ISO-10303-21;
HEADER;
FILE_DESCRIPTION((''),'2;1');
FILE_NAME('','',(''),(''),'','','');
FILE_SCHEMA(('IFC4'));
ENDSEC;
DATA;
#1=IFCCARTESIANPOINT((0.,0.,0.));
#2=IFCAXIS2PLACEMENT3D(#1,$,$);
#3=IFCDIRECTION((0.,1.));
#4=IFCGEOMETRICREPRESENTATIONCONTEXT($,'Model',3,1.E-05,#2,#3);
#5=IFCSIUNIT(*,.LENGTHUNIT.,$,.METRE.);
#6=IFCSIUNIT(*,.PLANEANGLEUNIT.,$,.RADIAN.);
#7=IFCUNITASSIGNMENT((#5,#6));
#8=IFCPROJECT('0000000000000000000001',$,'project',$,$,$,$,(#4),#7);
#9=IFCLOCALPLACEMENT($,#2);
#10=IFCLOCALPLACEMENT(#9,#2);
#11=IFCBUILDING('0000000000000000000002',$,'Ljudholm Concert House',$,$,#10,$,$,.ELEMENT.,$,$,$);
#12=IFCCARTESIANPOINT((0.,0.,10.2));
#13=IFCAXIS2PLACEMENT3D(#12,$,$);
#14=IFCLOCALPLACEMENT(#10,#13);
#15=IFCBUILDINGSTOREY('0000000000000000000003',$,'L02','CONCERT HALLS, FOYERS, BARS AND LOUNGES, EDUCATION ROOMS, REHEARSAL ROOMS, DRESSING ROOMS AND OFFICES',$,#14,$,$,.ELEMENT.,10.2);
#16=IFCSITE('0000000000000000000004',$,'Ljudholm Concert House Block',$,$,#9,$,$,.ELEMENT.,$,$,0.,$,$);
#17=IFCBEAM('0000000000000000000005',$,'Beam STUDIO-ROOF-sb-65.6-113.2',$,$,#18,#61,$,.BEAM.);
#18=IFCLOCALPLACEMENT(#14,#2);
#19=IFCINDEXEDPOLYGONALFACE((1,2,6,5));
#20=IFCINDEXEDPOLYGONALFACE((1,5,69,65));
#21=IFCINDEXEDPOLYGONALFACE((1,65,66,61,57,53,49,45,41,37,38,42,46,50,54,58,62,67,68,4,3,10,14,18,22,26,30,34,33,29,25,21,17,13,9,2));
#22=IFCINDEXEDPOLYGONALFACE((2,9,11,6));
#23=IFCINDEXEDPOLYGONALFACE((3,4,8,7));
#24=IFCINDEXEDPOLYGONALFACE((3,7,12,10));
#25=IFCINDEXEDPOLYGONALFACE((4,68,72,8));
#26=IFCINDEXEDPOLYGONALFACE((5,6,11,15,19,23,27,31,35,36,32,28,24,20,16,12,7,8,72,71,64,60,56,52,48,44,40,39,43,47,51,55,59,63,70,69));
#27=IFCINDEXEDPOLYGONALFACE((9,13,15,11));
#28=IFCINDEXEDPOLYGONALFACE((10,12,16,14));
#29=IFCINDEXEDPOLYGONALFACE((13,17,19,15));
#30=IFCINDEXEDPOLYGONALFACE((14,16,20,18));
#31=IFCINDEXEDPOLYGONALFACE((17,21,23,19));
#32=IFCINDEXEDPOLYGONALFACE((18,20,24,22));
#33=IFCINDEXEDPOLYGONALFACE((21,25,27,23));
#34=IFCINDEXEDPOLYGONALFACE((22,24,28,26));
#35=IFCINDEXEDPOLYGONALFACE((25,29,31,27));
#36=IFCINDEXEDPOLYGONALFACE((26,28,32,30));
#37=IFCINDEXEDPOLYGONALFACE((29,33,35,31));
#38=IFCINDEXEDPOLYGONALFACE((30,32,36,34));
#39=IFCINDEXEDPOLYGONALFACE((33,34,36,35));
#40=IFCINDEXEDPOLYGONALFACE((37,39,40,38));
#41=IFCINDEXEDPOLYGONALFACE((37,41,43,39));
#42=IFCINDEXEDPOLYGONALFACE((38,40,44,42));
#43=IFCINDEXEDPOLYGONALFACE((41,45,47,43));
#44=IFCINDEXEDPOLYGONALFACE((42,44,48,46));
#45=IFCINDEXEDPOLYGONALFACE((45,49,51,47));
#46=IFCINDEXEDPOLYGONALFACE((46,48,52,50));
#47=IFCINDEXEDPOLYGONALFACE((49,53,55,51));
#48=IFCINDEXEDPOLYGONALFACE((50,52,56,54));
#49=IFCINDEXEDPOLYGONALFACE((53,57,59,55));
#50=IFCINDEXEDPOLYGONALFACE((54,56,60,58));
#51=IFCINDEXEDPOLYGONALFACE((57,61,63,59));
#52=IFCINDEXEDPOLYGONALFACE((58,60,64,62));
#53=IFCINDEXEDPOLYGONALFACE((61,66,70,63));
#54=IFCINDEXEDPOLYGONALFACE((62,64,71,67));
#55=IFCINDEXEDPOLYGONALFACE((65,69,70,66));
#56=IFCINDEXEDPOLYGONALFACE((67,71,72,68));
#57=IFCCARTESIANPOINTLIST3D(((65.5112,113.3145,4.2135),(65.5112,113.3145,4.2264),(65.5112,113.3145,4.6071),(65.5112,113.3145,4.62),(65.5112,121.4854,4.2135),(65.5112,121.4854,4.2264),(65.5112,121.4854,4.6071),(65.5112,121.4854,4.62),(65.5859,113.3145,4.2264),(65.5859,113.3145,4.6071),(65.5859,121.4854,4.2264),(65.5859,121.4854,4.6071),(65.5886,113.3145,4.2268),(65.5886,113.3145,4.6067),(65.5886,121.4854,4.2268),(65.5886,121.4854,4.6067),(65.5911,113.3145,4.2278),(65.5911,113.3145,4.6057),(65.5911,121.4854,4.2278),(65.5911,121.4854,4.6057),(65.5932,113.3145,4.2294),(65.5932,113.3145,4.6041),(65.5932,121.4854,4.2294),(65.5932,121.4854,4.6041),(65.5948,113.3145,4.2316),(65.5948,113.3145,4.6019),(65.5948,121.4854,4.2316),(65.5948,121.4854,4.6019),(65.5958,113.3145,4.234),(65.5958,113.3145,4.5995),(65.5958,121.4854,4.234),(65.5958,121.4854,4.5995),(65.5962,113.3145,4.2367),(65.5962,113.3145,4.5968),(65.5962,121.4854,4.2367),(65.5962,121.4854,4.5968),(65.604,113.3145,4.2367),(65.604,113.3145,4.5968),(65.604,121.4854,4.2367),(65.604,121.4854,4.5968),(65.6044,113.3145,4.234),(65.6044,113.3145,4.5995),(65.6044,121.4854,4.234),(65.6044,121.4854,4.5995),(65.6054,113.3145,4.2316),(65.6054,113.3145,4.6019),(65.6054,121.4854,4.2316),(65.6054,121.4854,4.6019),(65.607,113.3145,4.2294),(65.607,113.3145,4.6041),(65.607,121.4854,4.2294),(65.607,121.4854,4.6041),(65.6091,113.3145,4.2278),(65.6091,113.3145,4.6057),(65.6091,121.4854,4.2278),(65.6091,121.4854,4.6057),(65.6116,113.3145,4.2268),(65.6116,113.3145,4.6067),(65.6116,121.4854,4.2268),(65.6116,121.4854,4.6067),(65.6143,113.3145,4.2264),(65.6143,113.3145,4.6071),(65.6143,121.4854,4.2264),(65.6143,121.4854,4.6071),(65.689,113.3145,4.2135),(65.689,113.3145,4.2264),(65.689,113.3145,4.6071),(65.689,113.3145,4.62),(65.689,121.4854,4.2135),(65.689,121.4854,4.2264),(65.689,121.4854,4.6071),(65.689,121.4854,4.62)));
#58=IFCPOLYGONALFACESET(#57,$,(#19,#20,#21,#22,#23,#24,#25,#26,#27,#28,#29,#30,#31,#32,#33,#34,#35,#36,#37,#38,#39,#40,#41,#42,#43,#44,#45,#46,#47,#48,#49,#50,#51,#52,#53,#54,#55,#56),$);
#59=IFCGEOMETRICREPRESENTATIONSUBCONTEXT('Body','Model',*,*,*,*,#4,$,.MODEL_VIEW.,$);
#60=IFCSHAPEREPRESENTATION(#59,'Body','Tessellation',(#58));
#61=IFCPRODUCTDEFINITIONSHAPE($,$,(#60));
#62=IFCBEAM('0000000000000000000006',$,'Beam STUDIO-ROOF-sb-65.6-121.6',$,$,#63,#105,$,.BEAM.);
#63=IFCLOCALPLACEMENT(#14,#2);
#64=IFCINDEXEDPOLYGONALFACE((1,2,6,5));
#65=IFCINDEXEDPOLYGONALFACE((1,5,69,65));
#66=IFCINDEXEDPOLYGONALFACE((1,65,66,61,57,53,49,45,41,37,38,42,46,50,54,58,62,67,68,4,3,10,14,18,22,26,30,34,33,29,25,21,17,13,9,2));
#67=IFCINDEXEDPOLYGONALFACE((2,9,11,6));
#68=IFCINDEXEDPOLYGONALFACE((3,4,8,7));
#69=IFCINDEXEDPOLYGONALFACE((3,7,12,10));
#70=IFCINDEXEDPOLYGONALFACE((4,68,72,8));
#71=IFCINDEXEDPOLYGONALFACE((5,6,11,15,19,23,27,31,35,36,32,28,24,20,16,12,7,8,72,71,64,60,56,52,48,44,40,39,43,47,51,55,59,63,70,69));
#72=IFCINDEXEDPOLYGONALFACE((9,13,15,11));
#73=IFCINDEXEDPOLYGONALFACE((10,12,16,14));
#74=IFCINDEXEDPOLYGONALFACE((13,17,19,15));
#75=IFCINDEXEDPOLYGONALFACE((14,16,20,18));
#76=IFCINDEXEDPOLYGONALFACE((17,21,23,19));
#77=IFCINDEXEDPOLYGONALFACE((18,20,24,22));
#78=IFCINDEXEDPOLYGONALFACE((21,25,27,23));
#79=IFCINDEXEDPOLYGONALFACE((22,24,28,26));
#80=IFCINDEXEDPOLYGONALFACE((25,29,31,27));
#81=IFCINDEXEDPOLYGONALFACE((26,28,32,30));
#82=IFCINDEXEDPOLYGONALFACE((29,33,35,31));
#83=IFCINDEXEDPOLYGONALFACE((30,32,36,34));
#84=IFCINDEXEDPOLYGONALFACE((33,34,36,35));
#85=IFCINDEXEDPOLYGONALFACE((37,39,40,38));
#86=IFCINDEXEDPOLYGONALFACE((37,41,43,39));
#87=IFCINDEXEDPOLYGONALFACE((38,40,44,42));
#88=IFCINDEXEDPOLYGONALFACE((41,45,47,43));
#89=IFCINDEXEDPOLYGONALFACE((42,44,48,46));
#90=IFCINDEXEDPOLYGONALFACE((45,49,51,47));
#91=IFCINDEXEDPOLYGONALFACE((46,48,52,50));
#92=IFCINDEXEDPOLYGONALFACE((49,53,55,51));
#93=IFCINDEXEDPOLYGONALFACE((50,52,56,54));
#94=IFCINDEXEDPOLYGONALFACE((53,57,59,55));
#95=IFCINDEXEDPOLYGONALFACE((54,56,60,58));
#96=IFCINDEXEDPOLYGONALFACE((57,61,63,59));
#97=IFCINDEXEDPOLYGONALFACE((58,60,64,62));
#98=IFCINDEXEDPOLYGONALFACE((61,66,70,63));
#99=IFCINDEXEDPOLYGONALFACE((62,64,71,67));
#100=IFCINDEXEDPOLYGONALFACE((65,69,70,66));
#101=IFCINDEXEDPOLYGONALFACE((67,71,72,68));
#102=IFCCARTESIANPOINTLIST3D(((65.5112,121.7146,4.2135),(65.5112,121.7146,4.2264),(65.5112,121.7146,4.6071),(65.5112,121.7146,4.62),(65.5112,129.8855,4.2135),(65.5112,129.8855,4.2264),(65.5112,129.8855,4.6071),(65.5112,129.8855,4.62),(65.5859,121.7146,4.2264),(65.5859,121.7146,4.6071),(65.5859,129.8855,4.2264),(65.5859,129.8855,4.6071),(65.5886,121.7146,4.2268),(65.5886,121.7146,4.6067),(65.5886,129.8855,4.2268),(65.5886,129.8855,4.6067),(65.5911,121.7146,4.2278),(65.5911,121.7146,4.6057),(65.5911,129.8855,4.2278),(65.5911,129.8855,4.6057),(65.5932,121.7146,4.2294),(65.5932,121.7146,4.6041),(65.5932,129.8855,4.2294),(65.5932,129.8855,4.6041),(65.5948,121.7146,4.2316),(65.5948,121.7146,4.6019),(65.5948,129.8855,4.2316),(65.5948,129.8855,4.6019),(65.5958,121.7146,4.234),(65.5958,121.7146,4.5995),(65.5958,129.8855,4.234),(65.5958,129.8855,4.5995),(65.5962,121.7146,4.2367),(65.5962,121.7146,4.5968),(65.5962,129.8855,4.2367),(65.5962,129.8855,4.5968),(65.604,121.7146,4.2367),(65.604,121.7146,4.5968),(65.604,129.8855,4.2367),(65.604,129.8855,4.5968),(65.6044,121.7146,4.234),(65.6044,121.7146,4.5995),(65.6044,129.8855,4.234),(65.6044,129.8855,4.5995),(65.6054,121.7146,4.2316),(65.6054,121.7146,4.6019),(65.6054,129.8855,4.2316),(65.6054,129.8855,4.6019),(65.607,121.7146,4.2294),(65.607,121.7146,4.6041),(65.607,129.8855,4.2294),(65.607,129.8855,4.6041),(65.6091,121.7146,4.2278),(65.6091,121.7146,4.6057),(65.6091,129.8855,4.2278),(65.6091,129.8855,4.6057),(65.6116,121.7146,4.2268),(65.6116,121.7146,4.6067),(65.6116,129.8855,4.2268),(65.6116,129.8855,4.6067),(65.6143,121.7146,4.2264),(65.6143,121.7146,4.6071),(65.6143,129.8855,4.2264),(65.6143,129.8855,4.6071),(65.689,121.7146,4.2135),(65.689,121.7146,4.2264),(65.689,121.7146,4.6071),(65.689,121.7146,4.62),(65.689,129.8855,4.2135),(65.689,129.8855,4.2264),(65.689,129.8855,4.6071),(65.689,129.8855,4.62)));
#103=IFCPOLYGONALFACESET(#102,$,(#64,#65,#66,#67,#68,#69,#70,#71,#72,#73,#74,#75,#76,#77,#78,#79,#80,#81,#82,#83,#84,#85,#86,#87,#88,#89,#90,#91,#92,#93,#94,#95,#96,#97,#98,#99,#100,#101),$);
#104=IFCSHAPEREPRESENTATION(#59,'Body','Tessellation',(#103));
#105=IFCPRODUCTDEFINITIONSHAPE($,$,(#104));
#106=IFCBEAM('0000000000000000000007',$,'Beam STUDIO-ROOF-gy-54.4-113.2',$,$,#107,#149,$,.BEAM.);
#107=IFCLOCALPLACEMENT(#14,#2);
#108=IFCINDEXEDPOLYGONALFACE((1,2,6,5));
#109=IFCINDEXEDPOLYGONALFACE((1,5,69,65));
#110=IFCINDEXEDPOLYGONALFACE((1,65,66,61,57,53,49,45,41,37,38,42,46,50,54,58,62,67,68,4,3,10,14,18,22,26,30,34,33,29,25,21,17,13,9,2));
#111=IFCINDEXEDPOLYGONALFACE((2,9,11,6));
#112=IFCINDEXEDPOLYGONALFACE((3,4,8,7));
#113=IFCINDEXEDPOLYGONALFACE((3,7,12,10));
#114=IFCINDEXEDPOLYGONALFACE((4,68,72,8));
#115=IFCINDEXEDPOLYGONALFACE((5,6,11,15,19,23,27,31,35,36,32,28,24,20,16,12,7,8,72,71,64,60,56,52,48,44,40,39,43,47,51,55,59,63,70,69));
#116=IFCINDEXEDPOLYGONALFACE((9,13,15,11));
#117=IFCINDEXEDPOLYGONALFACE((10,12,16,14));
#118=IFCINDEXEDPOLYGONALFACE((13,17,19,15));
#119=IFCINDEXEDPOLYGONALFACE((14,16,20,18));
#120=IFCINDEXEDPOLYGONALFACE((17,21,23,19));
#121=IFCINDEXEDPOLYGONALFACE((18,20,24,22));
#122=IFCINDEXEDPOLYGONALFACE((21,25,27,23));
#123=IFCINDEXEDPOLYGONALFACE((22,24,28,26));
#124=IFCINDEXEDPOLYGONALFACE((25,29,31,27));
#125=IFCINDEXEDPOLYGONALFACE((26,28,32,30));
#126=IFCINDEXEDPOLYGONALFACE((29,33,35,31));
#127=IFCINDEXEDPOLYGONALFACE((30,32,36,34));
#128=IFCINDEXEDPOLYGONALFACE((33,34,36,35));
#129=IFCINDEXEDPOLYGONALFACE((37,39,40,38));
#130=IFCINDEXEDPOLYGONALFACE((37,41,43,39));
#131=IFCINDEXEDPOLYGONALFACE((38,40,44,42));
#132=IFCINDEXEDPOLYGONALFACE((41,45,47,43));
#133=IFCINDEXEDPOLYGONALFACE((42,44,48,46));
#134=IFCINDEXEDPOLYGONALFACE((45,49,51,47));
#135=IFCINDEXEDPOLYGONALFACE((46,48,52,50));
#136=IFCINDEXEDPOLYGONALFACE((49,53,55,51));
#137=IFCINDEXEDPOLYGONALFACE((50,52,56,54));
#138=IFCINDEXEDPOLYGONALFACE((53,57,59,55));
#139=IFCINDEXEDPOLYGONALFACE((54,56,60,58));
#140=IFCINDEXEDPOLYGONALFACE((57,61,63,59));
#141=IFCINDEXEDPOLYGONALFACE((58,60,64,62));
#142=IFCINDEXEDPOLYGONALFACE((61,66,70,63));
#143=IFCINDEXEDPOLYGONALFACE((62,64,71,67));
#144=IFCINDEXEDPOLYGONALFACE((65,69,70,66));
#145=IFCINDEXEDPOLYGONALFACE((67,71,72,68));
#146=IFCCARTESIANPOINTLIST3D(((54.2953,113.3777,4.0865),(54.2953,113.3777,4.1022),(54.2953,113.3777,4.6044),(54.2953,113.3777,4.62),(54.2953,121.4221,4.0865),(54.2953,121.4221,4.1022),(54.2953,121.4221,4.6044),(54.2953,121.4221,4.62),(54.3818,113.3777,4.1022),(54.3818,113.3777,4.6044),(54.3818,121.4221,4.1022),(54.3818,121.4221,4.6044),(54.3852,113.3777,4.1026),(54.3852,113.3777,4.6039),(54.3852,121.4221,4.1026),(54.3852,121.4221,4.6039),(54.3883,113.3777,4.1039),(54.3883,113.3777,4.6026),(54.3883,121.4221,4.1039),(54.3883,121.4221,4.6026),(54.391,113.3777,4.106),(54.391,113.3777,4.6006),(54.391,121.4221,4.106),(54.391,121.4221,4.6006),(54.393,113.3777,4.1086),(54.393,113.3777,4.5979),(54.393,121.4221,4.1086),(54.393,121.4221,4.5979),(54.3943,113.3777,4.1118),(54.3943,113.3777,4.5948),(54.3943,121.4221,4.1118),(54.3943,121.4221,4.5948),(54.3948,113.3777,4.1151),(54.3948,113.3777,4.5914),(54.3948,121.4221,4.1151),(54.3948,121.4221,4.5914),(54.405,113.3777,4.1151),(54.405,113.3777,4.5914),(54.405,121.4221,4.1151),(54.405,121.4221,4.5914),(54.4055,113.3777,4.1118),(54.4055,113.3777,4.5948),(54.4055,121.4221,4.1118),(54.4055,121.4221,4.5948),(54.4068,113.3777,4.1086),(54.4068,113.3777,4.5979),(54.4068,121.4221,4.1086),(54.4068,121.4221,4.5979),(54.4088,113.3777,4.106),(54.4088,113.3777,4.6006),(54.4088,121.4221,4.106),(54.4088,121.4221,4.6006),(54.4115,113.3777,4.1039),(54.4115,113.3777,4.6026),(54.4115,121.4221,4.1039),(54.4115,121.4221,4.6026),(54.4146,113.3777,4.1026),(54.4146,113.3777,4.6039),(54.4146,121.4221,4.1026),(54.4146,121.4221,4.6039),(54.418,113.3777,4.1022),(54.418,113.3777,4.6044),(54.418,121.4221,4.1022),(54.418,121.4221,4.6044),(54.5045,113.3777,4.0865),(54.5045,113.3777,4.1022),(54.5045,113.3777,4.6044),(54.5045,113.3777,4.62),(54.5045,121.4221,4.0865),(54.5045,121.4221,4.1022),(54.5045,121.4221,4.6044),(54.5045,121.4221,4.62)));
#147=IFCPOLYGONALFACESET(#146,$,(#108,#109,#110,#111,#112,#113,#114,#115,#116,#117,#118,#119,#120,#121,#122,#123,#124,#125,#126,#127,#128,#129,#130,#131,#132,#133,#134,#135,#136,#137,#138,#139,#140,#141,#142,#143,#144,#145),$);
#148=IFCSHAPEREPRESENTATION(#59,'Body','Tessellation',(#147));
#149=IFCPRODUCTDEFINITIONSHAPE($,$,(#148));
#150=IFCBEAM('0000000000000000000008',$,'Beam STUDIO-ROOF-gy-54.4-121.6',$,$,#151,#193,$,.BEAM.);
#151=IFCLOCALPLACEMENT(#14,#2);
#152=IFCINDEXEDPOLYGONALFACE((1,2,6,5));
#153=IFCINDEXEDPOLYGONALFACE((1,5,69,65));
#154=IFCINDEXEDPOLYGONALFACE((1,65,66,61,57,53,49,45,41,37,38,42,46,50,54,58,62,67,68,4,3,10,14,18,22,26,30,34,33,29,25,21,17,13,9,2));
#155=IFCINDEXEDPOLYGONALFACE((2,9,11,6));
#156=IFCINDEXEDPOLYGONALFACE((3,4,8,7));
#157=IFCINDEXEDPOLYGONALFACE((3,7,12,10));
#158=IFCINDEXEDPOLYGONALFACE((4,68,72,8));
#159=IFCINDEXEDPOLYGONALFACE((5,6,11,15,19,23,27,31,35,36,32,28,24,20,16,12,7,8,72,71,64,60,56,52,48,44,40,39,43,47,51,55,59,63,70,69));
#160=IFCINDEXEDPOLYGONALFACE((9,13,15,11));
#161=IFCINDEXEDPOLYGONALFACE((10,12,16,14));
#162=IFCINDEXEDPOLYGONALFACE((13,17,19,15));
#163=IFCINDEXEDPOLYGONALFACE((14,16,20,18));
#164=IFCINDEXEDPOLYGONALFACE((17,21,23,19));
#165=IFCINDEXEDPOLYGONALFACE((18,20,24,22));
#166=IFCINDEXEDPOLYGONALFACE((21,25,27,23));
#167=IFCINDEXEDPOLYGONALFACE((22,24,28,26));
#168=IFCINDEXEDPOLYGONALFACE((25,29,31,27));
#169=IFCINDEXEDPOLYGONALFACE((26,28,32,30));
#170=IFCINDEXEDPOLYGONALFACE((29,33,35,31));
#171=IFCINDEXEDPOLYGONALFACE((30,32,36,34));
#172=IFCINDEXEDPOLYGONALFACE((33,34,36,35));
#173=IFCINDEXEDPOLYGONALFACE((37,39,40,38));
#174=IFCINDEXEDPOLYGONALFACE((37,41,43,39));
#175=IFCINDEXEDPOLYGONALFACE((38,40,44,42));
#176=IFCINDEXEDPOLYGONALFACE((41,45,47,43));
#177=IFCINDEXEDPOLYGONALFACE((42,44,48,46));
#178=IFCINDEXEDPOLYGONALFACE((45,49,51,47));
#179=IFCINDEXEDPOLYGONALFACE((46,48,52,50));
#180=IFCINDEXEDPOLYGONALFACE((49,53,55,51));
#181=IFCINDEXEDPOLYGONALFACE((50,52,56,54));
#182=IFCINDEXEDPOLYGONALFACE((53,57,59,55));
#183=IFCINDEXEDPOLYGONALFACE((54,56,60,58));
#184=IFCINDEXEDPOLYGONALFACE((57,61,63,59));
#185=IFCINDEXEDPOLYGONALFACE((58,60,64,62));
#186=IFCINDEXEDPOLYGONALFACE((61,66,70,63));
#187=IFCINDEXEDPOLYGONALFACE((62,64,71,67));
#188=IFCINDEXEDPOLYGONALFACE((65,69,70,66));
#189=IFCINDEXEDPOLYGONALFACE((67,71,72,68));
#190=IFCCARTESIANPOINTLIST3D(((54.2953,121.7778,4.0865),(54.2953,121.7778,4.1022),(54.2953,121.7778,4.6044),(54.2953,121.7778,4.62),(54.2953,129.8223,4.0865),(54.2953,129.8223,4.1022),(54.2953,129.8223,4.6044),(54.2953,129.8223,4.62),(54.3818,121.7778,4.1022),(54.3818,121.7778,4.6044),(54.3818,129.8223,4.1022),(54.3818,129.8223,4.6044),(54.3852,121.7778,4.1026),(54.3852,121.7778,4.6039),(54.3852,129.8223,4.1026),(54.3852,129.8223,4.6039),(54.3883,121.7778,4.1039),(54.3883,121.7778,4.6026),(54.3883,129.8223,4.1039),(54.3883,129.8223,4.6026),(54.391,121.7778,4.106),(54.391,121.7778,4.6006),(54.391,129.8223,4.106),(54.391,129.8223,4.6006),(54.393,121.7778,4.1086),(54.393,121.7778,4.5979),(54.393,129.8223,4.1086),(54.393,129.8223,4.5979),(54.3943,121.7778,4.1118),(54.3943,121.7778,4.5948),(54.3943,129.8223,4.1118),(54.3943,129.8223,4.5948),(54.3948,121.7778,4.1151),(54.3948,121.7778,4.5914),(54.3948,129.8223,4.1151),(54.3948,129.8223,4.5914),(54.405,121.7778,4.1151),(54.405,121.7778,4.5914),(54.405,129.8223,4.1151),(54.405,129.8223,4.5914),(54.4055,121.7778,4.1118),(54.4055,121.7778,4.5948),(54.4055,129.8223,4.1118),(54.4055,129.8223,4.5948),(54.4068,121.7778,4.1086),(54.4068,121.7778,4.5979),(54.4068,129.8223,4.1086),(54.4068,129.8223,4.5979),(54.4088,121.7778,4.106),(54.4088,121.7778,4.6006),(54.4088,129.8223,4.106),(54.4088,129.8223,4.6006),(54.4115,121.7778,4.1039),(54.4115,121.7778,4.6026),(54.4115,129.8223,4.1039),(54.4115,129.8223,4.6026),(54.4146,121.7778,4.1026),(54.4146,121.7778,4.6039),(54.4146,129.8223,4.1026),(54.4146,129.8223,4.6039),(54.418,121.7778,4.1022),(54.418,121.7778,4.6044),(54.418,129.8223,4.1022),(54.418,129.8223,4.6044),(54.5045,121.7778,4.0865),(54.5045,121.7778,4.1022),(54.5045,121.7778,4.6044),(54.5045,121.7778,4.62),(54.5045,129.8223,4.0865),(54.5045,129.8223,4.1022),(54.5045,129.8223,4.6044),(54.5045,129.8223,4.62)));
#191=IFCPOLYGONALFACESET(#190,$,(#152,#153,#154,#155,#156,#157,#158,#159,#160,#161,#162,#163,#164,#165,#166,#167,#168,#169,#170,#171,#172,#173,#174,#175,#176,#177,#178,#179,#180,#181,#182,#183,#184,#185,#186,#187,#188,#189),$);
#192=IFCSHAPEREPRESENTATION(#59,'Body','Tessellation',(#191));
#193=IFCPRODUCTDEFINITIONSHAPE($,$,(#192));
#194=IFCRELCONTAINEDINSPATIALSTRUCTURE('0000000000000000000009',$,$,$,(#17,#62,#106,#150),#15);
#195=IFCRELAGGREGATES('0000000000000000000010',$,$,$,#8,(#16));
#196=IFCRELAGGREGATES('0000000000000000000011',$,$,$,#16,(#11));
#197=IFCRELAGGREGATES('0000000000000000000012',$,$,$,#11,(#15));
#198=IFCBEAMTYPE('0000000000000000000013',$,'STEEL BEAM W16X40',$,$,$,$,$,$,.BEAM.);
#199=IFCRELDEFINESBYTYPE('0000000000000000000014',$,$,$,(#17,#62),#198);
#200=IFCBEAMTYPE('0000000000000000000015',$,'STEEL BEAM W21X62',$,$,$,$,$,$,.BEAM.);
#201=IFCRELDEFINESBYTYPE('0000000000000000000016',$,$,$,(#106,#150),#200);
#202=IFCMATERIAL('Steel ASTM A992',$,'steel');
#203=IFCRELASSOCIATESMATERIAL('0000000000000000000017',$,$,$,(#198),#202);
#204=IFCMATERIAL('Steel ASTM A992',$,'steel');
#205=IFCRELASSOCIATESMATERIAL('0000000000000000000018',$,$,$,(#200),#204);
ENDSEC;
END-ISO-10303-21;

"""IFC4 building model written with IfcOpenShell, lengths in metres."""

from ifc_helpers import new_model, si_unit, direction, frame, origin, origin_2d, place, context, subcontext, project, spatial, i_section, extrude, material, material_profile, profile_set, type_object, element, save


model = new_model("IFC4")

# Units and contexts
model_context = context("Model", 3, precision=1e-05, world=origin(), true_north=direction((0.0, 1.0)))
body_context = subcontext(model_context, "Body", "Model", "MODEL_VIEW")
ifc_project = project(units=[si_unit("LENGTHUNIT", "METRE"), si_unit("PLANEANGLEUNIT", "RADIAN")], contexts=[model_context])

# Site, building, storey
site_placement = place(None, origin())
site = spatial("IfcSite", under=ifc_project, at=site_placement, Name="Ljudholm Concert House Block", CompositionType="ELEMENT", RefElevation=0.0)
building_placement = place(site_placement, origin())
building = spatial("IfcBuilding", under=site, at=building_placement, Name="Ljudholm Concert House", CompositionType="ELEMENT")
storey_placement = place(building_placement, frame((0.0, 0.0, 10.2)))
storey = spatial("IfcBuildingStorey", under=building, at=storey_placement, Name="L02", Description="CONCERT HALLS, FOYERS, BARS AND LOUNGES, EDUCATION ROOMS, REHEARSAL ROOMS, DRESSING ROOMS AND OFFICES", CompositionType="ELEMENT", Elevation=10.2)

# Beams
ifc_material_1 = material(Name="Steel ASTM A992", Category="steel")
ifc_material_profile_1 = material_profile(ifc_material_1, i_section(OverallWidth=0.1777, OverallDepth=0.4065, WebThickness=0.0078, FlangeThickness=0.0129, FilletRadius=0.0103, at=origin_2d()), Name="W16X40")
ifc_profile_set_1 = profile_set([ifc_material_profile_1], Name="Steel ASTM A992")
beam_type_1 = type_object("IfcBeamType", Name="STEEL BEAM W16X40", PredefinedType="BEAM", material=ifc_profile_set_1)
for number, where, z_axis, x_axis, name in (
    (1, (65.6001, 113.3145, 4.4167), (0.0, 1.0, 0.0), (-1.0, 0.0, 0.0), "Beam STUDIO-ROOF-sb-65.6-113.2"),
    (2, (65.6001, 121.7146, 4.4167), (0.0, 1.0, 0.0), (-1.0, 0.0, 0.0), "Beam STUDIO-ROOF-sb-65.6-121.6"),
):
    element("IfcBeam", number, at=place(storey_placement, frame(where, z_axis=z_axis, x_axis=x_axis)), inside=storey, type_object=beam_type_1, Name=name, PredefinedType="BEAM", context=body_context, shape_type="SweptSolid", body=[
        extrude(i_section(OverallWidth=0.1777, OverallDepth=0.4065, WebThickness=0.0078, FlangeThickness=0.0129, FilletRadius=0.0103, at=origin_2d()), origin(), (0.0, 0.0, 1.0), 8.1709),
    ])
ifc_material_2 = material(Name="Steel ASTM A992", Category="steel")
ifc_material_profile_2 = material_profile(ifc_material_2, i_section(OverallWidth=0.2092, OverallDepth=0.5334, WebThickness=0.0103, FlangeThickness=0.0156, FilletRadius=0.0129, at=origin_2d()), Name="W21X62")
ifc_profile_set_2 = profile_set([ifc_material_profile_2], Name="Steel ASTM A992")
beam_type_2 = type_object("IfcBeamType", Name="STEEL BEAM W21X62", PredefinedType="BEAM", material=ifc_profile_set_2)
for number, where, z_axis, x_axis, name in (
    (3, (54.3999, 113.3777, 4.3533), (0.0, 1.0, 0.0), (-1.0, 0.0, 0.0), "Beam STUDIO-ROOF-gy-54.4-113.2"),
    (4, (54.3999, 121.7778, 4.3533), (0.0, 1.0, 0.0), (-1.0, 0.0, 0.0), "Beam STUDIO-ROOF-gy-54.4-121.6"),
):
    element("IfcBeam", number, at=place(storey_placement, frame(where, z_axis=z_axis, x_axis=x_axis)), inside=storey, type_object=beam_type_2, Name=name, PredefinedType="BEAM", context=body_context, shape_type="SweptSolid", body=[
        extrude(i_section(OverallWidth=0.2092, OverallDepth=0.5334, WebThickness=0.0103, FlangeThickness=0.0156, FilletRadius=0.0129, at=origin_2d()), origin(), (0.0, 0.0, 1.0), 8.0444),
    ])

save(model, "model.ifc")
